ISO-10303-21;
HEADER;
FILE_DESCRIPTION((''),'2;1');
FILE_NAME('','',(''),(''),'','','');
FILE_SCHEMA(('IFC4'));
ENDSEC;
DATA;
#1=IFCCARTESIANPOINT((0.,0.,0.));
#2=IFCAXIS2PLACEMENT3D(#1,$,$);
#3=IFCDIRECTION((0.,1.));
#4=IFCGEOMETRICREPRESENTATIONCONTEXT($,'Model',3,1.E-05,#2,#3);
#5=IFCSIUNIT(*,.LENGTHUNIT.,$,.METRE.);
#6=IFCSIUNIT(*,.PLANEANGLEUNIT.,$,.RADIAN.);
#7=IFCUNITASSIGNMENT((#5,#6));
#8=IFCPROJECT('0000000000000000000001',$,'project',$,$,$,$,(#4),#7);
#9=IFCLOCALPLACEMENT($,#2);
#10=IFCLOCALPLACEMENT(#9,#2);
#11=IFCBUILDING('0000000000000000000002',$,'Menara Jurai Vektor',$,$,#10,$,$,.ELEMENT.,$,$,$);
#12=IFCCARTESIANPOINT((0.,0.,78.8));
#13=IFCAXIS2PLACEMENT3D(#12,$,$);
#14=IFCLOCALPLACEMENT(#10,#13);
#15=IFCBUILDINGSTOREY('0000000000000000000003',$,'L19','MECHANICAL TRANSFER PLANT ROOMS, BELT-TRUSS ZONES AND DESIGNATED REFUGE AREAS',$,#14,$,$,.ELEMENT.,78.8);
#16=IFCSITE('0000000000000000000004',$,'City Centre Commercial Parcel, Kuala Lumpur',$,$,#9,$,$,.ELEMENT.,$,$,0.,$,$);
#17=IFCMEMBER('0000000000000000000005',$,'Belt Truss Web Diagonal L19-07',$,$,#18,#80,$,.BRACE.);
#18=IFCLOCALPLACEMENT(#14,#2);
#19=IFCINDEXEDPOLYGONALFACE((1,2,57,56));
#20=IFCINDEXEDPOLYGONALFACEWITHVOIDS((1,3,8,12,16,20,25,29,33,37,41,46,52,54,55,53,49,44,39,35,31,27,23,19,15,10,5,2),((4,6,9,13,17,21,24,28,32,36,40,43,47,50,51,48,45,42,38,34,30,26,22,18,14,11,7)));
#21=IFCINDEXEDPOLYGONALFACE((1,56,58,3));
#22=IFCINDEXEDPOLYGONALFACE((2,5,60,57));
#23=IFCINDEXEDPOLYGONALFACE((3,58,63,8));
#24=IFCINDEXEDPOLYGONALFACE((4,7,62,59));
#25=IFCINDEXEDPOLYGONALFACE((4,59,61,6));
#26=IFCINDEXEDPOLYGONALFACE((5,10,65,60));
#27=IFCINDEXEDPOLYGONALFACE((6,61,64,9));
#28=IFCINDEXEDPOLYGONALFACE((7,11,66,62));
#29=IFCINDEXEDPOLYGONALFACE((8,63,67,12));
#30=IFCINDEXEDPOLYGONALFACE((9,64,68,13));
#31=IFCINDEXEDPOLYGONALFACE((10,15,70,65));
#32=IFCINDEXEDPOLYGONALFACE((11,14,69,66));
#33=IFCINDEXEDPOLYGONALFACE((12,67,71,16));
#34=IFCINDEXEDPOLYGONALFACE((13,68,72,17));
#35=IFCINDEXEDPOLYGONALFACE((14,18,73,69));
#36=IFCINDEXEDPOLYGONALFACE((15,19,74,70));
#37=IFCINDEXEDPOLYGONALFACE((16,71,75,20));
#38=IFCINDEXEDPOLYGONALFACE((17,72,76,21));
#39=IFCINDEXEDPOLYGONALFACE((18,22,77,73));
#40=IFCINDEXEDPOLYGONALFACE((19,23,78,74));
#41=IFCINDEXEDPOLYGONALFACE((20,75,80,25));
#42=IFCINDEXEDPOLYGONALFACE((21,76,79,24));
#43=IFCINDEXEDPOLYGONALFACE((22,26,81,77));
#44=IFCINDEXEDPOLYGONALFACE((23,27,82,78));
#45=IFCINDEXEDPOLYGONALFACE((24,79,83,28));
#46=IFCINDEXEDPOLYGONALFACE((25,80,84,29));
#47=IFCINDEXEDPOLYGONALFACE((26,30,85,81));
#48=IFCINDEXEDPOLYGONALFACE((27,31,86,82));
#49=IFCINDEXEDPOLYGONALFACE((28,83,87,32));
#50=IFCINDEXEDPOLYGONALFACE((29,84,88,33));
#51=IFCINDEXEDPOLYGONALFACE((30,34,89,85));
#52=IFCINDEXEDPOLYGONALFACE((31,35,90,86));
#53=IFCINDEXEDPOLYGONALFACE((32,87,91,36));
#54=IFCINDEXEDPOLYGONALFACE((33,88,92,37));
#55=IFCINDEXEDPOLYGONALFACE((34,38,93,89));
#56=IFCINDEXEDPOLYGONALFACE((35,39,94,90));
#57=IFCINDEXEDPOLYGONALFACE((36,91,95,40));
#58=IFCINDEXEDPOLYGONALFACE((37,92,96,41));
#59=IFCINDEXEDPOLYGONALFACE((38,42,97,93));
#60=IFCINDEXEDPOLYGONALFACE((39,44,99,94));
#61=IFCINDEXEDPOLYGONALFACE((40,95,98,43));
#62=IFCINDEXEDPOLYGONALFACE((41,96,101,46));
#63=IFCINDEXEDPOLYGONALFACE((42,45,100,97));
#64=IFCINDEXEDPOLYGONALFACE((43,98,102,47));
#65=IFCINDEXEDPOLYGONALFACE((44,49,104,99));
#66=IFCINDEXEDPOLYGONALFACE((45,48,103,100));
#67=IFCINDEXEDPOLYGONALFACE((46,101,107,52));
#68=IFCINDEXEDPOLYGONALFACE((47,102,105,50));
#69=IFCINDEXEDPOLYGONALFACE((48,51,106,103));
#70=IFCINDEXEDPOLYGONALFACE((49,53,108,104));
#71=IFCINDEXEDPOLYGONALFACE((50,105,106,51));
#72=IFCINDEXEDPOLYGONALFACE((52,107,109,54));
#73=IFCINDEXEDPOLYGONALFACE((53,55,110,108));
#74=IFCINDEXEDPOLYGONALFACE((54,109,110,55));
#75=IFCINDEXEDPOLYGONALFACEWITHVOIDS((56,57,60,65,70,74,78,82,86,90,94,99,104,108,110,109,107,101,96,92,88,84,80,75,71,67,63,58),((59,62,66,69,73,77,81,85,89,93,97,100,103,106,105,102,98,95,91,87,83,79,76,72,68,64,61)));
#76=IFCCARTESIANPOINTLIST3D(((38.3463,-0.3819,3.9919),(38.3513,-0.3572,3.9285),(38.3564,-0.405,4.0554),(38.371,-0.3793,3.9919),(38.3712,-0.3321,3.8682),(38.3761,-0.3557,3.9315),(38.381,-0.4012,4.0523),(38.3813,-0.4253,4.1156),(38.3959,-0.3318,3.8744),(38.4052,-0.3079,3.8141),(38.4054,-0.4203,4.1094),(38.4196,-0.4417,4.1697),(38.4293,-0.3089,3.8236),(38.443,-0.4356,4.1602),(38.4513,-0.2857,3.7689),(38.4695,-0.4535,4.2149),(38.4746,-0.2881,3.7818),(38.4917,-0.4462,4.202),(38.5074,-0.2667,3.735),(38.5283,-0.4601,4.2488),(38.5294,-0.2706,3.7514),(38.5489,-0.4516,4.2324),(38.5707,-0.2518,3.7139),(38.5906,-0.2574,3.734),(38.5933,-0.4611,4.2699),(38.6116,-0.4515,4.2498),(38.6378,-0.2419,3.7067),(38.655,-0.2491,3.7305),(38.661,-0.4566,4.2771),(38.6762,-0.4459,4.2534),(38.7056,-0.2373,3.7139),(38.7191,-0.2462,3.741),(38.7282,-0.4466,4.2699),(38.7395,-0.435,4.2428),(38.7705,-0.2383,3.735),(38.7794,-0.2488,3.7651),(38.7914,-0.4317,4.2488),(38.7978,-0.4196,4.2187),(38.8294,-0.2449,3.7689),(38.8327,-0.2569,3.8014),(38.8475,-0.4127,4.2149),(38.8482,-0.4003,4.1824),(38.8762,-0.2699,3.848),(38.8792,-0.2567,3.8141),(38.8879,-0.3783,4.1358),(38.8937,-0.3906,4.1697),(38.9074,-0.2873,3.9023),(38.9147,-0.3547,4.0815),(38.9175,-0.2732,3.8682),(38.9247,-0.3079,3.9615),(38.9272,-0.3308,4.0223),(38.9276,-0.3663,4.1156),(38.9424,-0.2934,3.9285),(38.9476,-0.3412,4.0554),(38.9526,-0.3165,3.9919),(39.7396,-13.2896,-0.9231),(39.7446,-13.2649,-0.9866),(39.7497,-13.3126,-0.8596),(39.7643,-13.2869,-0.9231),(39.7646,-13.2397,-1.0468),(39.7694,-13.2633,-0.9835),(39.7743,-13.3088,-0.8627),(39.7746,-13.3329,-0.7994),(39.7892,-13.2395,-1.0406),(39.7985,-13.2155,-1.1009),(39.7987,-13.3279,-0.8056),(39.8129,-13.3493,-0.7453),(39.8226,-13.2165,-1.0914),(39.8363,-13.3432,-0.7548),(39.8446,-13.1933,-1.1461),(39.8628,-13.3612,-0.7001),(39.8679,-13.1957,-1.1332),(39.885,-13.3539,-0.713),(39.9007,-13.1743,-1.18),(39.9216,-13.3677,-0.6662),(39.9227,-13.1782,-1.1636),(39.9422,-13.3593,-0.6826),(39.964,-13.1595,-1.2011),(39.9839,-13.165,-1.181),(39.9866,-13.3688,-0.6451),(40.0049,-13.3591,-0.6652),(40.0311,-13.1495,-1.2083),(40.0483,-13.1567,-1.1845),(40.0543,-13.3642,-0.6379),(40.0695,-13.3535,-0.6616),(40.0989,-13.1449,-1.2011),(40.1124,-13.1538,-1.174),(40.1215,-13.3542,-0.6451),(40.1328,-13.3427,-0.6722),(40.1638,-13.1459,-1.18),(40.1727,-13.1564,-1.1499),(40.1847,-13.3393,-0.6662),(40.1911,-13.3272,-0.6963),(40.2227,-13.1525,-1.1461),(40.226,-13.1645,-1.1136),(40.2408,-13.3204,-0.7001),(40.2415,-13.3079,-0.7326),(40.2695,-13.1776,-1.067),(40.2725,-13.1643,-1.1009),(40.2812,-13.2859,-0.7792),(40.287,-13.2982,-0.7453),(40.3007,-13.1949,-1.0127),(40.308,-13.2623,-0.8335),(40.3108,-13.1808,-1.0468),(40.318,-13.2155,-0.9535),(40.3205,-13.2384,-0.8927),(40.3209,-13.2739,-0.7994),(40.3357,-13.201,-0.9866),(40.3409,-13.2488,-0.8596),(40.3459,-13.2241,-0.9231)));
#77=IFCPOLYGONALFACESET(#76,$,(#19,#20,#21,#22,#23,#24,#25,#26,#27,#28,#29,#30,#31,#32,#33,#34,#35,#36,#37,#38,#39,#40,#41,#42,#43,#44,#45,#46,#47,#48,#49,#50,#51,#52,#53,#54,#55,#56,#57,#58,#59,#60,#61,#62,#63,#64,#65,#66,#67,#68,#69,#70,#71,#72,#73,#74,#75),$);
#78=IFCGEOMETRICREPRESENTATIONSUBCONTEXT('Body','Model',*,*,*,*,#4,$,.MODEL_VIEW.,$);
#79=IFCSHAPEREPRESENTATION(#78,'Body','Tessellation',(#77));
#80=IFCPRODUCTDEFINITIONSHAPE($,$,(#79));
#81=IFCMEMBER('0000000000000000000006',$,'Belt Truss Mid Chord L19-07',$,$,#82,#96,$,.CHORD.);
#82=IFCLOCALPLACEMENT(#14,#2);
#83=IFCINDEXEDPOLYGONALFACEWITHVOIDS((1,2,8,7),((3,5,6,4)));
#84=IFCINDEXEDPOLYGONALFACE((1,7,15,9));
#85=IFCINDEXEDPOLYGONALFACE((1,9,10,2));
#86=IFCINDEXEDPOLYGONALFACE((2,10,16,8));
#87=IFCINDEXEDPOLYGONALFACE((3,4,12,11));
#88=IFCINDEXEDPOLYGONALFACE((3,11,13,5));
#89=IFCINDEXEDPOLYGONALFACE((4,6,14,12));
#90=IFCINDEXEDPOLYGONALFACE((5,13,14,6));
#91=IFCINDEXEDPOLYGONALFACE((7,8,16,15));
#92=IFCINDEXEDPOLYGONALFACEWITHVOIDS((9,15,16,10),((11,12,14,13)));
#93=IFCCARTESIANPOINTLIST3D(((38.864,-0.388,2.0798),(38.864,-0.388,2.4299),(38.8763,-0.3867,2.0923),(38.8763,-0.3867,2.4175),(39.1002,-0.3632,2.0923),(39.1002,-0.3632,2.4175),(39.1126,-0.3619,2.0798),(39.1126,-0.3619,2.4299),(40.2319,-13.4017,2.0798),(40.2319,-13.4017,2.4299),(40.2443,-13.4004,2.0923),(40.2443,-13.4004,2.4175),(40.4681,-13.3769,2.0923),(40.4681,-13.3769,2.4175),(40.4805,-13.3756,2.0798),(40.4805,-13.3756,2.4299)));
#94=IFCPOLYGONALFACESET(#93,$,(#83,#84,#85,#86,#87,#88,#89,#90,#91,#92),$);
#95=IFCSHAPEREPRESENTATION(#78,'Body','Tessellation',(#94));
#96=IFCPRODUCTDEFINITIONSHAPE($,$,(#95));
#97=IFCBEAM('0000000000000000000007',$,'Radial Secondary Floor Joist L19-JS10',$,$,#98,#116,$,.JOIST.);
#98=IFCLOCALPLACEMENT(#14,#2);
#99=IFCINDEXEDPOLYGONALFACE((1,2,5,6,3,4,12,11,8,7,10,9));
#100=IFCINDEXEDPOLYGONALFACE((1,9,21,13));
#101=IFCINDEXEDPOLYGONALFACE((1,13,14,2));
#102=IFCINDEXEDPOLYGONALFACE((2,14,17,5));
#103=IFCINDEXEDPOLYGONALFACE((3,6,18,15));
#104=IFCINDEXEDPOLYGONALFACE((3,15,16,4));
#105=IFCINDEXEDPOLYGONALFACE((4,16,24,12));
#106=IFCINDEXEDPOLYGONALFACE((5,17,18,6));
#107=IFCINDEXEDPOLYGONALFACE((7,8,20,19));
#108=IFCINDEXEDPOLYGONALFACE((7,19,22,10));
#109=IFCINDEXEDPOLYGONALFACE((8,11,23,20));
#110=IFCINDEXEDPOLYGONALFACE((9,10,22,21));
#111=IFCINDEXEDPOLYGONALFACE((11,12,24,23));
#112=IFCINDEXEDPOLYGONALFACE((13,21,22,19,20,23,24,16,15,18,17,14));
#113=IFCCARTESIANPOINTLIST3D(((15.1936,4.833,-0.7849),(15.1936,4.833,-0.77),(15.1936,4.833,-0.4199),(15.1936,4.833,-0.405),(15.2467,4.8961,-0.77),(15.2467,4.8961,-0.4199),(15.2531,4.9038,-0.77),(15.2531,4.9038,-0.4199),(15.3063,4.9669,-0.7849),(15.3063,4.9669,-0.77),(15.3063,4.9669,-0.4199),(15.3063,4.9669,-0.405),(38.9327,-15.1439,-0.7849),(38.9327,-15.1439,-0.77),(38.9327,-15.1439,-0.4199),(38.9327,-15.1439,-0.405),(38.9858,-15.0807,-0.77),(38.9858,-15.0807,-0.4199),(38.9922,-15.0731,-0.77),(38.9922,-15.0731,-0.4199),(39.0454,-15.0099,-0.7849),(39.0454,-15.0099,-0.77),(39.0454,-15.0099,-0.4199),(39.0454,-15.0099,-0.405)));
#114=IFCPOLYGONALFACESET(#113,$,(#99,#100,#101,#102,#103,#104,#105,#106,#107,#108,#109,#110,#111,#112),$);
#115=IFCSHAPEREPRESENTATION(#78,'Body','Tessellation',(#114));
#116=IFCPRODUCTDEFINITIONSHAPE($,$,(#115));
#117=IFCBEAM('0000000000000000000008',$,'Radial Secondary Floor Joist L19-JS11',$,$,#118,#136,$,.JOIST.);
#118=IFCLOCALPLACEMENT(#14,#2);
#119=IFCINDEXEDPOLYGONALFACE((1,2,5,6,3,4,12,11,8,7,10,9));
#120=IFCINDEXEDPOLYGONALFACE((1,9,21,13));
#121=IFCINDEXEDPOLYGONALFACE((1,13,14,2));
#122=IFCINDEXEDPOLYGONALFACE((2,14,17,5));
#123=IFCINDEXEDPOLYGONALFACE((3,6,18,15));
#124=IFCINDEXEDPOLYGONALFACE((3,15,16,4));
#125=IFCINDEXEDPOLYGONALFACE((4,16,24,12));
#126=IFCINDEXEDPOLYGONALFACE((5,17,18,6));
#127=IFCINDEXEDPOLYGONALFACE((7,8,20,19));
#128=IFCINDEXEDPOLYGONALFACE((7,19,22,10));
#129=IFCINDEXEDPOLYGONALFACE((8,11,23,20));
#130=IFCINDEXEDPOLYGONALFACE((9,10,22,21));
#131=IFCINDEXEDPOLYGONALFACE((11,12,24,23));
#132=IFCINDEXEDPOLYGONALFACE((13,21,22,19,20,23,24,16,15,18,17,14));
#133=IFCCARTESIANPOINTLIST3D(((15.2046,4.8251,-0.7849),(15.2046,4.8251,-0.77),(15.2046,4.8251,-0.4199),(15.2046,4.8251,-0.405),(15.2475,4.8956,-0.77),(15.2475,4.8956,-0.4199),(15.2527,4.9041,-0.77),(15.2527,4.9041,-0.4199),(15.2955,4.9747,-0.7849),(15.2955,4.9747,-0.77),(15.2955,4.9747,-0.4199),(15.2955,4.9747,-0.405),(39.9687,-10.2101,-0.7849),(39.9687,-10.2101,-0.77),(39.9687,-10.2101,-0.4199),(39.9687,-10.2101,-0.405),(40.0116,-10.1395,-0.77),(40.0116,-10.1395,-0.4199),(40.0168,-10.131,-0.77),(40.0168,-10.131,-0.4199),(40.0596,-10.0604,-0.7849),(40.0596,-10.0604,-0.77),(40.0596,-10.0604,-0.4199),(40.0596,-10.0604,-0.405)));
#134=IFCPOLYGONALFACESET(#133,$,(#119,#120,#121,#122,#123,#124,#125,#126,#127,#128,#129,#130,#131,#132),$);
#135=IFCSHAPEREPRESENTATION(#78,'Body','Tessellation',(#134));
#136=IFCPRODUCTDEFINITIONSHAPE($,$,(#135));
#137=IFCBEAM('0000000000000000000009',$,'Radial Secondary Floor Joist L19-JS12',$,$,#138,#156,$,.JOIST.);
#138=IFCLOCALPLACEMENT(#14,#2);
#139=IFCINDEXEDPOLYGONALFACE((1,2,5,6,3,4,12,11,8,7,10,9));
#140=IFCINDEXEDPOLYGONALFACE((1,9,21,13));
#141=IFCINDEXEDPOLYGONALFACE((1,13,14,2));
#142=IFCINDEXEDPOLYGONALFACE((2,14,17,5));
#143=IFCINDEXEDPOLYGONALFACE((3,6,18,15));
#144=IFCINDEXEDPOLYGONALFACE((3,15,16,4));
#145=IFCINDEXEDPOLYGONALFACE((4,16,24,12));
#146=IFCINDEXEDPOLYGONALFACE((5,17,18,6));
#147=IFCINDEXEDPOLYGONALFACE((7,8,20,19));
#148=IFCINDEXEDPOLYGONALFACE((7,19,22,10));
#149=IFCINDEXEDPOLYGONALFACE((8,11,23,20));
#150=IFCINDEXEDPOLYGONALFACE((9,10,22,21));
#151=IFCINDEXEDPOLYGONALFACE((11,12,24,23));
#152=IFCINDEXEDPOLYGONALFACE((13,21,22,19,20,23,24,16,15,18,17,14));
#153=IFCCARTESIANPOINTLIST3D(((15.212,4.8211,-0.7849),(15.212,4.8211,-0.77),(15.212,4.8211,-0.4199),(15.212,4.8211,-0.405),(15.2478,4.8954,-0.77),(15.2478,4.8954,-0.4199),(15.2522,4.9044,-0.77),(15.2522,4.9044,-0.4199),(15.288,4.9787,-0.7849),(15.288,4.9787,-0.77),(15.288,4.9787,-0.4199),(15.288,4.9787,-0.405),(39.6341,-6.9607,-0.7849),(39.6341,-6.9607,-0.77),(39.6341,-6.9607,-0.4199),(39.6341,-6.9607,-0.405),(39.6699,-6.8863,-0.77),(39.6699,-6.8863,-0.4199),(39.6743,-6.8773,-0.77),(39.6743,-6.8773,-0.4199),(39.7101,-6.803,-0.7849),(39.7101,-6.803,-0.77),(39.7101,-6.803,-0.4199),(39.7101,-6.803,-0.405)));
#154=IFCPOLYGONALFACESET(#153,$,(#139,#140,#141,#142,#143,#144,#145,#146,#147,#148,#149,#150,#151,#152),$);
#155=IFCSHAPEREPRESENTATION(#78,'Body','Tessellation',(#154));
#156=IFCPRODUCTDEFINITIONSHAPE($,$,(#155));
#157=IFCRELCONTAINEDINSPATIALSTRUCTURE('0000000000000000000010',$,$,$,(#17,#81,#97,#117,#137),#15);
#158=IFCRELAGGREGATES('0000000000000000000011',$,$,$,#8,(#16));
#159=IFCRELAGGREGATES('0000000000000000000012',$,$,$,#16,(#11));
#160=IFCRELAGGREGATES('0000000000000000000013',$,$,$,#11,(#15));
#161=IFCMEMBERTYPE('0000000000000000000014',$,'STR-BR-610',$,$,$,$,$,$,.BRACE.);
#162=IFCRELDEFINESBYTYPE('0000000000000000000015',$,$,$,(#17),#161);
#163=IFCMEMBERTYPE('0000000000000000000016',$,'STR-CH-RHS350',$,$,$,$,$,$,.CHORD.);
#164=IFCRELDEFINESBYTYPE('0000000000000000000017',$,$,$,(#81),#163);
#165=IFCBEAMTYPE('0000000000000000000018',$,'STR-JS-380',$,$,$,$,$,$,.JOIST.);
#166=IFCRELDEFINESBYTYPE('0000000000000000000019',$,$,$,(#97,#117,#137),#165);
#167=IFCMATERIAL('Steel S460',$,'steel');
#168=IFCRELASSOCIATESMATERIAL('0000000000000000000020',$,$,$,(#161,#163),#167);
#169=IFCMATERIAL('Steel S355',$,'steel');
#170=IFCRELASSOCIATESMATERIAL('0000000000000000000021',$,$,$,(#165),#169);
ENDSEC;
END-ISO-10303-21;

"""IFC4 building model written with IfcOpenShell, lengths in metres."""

from ifc_helpers import new_model, si_unit, direction, frame, origin, origin_2d, place, context, subcontext, project, spatial, hollow_rectangle, hollow_circle, i_section, extrude, material, material_profile, profile_set, type_object, element, save


model = new_model("IFC4")

# Units and contexts
model_context = context("Model", 3, precision=1e-05, world=origin(), true_north=direction((0.0, 1.0)))
body_context = subcontext(model_context, "Body", "Model", "MODEL_VIEW")
ifc_project = project(units=[si_unit("LENGTHUNIT", "METRE"), si_unit("PLANEANGLEUNIT", "RADIAN")], contexts=[model_context])

# Site, building, storey
site_placement = place(None, origin())
site = spatial("IfcSite", under=ifc_project, at=site_placement, Name="City Centre Commercial Parcel, Kuala Lumpur", CompositionType="ELEMENT", RefElevation=0.0)
building_placement = place(site_placement, origin())
building = spatial("IfcBuilding", under=site, at=building_placement, Name="Menara Jurai Vektor", CompositionType="ELEMENT")
storey_placement = place(building_placement, frame((0.0, 0.0, 78.8)))
storey = spatial("IfcBuildingStorey", under=building, at=storey_placement, Name="L19", Description="MECHANICAL TRANSFER PLANT ROOMS, BELT-TRUSS ZONES AND DESIGNATED REFUGE AREAS", CompositionType="ELEMENT", Elevation=78.8)

# Shared definitions
ifc_material_1 = material(Name="Steel S460", Category="steel")

# Members
ifc_material_profile_1 = material_profile(ifc_material_1, hollow_circle(Radius=0.3049, WallThickness=0.0249, at=origin_2d()), Name="CHS 610x25")
ifc_profile_set_1 = profile_set([ifc_material_profile_1], Name="Steel S460")
member_type_1 = type_object("IfcMemberType", Name="STR-BR-610", PredefinedType="BRACE", material=ifc_profile_set_1)
member_1_placement = place(storey_placement, frame((40.0427, -13.2568, -0.9231), z_axis=(-0.100369, 0.929821, 0.35406), x_axis=(-0.994224, -0.107321, 0.0)))
element("IfcMember", 1, at=member_1_placement, inside=storey, type_object=member_type_1, Name="Belt Truss Web Diagonal L19-07", PredefinedType="BRACE", context=body_context, shape_type="SweptSolid", body=[
    extrude(hollow_circle(Radius=0.3049, WallThickness=0.0249, at=origin_2d()), origin(), (0.0, 0.0, 1.0), 13.8818),
])
ifc_material_profile_2 = material_profile(ifc_material_1, hollow_rectangle(XDim=0.25, YDim=0.3501, WallThickness=0.0125, at=origin_2d()), Name="RHS 350x250x12.5")
ifc_profile_set_2 = profile_set([ifc_material_profile_2], Name="Steel S460")
member_type_2 = type_object("IfcMemberType", Name="STR-CH-RHS350", PredefinedType="CHORD", material=ifc_profile_set_2)
member_2_placement = place(storey_placement, frame((40.3562, -13.3887, 2.2549), z_axis=(-0.104538, 0.994521, 0.0), x_axis=(-0.994521, -0.104538, 0.0)))
element("IfcMember", 2, at=member_2_placement, inside=storey, type_object=member_type_2, Name="Belt Truss Mid Chord L19-07", PredefinedType="CHORD", context=body_context, shape_type="SweptSolid", body=[
    extrude(hollow_rectangle(XDim=0.25, YDim=0.3501, WallThickness=0.0125, at=origin_2d()), origin(), (0.0, 0.0, 1.0), 13.0854),
])

# Beams
ifc_material_2 = material(Name="Steel S355", Category="steel")
ifc_material_profile_3 = material_profile(ifc_material_2, i_section(OverallWidth=0.175, OverallDepth=0.3799, WebThickness=0.01, FlangeThickness=0.0149, at=origin_2d()), Name="PG 380x175x58")
ifc_profile_set_3 = profile_set([ifc_material_profile_3], Name="Steel S355")
beam_type_1 = type_object("IfcBeamType", Name="STR-JS-380", PredefinedType="JOIST", material=ifc_profile_set_3)
beam_1_placement = place(storey_placement, frame((38.989, -15.0769, -0.595), z_axis=(-0.765133, 0.643873, 0.0), x_axis=(-0.643873, -0.765133, 0.0)))
element("IfcBeam", 3, at=beam_1_placement, inside=storey, type_object=beam_type_1, Name="Radial Secondary Floor Joist L19-JS10", PredefinedType="JOIST", context=body_context, shape_type="SweptSolid", body=[
    extrude(i_section(OverallWidth=0.175, OverallDepth=0.3799, WebThickness=0.01, FlangeThickness=0.0149, at=origin_2d()), origin(), (0.0, 0.0, 1.0), 31.0261),
])
beam_2_placement = place(storey_placement, frame((40.0142, -10.1353, -0.595), z_axis=(-0.854791, 0.518972, 0.0), x_axis=(-0.518972, -0.854791, 0.0)))
element("IfcBeam", 4, at=beam_2_placement, inside=storey, type_object=beam_type_1, Name="Radial Secondary Floor Joist L19-JS11", PredefinedType="JOIST", context=body_context, shape_type="SweptSolid", body=[
    extrude(i_section(OverallWidth=0.175, OverallDepth=0.3799, WebThickness=0.01, FlangeThickness=0.0149, at=origin_2d()), origin(), (0.0, 0.0, 1.0), 28.9709),
])
beam_3_placement = place(storey_placement, frame((39.6721, -6.8818, -0.595), z_axis=(-0.900671, 0.434502, 0.0), x_axis=(-0.434502, -0.900671, 0.0)))
element("IfcBeam", 5, at=beam_3_placement, inside=storey, type_object=beam_type_1, Name="Radial Secondary Floor Joist L19-JS12", PredefinedType="JOIST", context=body_context, shape_type="SweptSolid", body=[
    extrude(i_section(OverallWidth=0.175, OverallDepth=0.3799, WebThickness=0.01, FlangeThickness=0.0149, at=origin_2d()), origin(), (0.0, 0.0, 1.0), 27.1155),
])

save(model, "model.ifc")
